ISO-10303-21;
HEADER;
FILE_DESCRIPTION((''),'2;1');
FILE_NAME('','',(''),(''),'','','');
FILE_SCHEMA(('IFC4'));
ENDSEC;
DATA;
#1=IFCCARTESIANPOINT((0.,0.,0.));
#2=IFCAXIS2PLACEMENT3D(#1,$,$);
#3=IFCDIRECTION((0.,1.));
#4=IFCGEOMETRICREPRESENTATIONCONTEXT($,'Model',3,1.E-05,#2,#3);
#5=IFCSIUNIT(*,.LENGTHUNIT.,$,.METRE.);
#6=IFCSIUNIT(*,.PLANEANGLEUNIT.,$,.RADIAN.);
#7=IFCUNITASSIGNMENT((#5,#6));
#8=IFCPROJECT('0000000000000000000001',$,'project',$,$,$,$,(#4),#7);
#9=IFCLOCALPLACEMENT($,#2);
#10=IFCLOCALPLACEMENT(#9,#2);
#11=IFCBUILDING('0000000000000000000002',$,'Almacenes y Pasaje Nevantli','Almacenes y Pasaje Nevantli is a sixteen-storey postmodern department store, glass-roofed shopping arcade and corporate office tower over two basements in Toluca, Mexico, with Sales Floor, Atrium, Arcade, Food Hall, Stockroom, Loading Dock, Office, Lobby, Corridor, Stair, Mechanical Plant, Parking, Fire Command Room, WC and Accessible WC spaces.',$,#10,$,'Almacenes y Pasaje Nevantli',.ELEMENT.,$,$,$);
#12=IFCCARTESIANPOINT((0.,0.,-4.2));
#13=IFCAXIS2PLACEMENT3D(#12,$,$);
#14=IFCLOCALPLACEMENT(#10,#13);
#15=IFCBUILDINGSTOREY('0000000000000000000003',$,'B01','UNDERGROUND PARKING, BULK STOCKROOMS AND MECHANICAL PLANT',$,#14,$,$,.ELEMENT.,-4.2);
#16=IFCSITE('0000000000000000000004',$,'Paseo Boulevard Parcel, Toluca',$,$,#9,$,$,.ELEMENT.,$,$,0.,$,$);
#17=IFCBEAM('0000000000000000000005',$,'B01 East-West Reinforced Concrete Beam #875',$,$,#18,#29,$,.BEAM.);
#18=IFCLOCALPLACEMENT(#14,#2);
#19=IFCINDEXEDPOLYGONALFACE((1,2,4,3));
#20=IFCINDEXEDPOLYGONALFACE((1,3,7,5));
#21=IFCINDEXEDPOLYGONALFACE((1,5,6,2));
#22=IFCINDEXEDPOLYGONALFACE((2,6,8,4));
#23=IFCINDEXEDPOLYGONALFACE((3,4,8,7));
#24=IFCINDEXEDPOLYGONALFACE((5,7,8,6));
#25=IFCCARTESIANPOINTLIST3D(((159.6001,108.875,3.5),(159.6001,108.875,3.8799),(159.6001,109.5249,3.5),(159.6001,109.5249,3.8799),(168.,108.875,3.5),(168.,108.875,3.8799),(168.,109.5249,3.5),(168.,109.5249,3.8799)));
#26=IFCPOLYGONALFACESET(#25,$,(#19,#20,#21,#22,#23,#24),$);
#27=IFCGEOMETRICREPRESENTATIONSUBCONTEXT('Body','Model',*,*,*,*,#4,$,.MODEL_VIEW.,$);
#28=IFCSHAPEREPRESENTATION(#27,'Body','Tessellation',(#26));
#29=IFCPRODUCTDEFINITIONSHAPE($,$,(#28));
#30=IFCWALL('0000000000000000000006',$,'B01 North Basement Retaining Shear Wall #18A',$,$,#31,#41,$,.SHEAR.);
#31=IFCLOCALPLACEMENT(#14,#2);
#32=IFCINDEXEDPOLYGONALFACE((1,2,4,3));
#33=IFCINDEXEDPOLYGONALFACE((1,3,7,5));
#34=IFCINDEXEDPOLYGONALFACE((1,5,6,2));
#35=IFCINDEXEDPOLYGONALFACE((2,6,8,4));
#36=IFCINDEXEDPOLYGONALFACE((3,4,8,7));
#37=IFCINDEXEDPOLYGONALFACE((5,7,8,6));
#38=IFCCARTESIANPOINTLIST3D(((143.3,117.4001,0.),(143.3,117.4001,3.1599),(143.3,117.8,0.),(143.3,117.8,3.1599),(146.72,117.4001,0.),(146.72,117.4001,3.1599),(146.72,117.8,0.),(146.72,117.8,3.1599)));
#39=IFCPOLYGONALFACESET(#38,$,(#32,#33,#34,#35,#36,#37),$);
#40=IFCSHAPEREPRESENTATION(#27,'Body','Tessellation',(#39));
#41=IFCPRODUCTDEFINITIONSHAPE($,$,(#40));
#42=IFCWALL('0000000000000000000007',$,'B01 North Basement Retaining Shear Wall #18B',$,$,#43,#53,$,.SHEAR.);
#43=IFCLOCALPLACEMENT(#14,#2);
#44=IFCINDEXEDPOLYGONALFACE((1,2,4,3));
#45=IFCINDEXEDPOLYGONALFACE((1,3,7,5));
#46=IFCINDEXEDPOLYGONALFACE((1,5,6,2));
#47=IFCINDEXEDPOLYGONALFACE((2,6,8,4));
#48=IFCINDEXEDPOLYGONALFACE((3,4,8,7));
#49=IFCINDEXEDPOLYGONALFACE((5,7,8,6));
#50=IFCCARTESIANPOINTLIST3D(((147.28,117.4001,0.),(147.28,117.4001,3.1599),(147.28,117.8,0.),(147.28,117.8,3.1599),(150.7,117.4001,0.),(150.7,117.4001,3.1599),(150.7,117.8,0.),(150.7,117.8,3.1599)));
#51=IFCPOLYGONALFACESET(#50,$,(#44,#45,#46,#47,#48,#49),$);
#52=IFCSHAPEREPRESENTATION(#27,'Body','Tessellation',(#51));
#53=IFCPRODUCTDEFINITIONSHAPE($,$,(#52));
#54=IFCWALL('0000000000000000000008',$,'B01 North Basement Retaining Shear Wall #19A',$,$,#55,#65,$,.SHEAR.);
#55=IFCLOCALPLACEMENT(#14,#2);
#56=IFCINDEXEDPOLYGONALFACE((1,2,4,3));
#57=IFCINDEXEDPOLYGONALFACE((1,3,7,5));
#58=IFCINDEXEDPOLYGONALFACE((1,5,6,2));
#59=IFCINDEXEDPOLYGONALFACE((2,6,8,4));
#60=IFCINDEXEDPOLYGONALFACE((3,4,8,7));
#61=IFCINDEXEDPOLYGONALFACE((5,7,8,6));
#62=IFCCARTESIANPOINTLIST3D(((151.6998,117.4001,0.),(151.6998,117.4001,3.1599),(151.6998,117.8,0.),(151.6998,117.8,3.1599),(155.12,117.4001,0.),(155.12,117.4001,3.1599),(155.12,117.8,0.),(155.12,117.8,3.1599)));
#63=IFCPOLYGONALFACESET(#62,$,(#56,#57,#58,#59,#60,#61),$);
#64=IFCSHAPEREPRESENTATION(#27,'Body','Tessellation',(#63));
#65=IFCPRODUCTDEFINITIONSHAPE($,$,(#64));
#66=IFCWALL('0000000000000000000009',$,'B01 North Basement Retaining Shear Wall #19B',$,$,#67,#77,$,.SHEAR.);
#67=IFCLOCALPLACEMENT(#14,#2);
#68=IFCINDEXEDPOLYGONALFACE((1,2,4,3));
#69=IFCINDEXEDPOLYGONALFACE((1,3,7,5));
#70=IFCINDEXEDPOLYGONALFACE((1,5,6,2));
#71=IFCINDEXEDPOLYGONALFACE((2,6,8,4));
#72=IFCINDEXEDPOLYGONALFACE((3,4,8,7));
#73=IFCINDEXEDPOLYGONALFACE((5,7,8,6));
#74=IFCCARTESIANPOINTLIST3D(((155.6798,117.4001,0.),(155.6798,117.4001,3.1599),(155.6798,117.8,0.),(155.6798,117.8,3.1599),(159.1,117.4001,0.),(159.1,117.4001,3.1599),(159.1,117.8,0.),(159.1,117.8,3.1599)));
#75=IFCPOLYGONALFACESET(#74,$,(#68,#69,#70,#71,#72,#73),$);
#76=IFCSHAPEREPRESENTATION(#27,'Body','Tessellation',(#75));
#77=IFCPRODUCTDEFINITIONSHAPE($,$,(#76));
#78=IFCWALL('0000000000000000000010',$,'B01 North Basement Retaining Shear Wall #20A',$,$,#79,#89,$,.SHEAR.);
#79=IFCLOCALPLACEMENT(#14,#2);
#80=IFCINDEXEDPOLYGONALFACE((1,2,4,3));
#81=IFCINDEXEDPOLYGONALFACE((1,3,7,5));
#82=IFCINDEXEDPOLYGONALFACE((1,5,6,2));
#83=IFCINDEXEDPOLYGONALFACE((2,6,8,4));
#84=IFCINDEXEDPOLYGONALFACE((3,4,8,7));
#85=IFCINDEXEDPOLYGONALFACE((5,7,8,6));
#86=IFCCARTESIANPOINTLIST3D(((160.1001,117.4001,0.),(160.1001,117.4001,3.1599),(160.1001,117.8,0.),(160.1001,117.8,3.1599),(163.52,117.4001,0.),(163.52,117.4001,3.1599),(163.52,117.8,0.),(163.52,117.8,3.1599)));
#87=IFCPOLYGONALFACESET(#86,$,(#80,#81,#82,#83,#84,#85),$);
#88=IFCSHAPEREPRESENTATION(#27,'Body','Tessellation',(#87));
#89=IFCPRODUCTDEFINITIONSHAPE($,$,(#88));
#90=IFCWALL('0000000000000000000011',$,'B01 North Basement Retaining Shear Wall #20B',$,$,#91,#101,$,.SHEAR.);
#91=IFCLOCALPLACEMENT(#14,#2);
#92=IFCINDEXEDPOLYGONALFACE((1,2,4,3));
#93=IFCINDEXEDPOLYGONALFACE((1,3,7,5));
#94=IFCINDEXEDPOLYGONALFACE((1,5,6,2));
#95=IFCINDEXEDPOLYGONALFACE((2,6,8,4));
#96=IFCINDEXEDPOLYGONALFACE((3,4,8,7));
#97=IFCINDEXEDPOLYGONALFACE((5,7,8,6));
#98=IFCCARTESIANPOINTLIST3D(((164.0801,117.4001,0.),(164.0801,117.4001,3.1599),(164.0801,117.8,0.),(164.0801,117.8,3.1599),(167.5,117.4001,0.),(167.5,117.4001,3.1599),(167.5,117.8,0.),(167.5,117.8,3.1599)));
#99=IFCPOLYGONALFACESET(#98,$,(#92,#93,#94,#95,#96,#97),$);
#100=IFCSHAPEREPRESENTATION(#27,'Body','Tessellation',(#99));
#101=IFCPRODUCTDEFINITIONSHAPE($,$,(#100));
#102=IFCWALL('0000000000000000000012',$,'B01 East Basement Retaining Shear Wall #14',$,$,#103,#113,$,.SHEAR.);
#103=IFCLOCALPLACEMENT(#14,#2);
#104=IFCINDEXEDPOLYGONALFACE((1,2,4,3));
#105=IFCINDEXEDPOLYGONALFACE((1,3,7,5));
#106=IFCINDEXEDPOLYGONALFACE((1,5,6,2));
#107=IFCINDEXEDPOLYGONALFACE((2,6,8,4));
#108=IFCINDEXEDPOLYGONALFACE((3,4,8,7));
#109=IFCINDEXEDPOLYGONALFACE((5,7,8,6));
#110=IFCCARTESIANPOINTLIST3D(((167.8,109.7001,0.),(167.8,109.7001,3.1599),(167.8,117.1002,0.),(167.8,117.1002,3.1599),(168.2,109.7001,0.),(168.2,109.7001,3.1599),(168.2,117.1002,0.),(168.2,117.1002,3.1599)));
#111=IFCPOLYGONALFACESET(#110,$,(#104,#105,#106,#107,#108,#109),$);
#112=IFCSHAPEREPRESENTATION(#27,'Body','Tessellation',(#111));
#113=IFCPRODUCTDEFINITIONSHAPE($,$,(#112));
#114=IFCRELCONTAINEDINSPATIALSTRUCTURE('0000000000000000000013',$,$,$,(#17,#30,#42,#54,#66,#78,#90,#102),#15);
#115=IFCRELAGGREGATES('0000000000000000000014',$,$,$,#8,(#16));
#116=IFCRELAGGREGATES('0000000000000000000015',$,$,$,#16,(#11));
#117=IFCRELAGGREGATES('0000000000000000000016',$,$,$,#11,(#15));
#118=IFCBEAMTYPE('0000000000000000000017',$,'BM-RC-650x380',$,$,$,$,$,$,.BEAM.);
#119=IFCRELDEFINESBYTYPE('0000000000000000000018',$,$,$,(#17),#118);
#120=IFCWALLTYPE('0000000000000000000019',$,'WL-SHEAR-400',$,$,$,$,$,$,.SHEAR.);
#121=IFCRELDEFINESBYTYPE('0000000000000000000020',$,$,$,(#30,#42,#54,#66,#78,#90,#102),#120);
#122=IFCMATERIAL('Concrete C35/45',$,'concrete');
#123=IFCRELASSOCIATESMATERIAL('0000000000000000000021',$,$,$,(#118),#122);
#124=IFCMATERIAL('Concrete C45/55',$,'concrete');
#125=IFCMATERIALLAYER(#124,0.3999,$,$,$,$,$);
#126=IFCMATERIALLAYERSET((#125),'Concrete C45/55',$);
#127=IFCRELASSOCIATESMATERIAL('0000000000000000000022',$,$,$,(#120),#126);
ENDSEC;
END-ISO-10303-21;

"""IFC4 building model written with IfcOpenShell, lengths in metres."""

from ifc_helpers import new_model, si_unit, direction, frame, frame_2d, origin, origin_2d, place, context, subcontext, project, spatial, rectangle, extrude, material, layer, layer_set, material_profile, profile_set, type_object, element, save


model = new_model("IFC4")

# Units and contexts
model_context = context("Model", 3, precision=1e-05, world=origin(), true_north=direction((0.0, 1.0)))
body_context = subcontext(model_context, "Body", "Model", "MODEL_VIEW")
ifc_project = project(units=[si_unit("LENGTHUNIT", "METRE"), si_unit("PLANEANGLEUNIT", "RADIAN")], contexts=[model_context])

# Site, building, storey
site_placement = place(None, origin())
site = spatial("IfcSite", under=ifc_project, at=site_placement, Name="Paseo Boulevard Parcel, Toluca", CompositionType="ELEMENT", RefElevation=0.0)
building_placement = place(site_placement, origin())
building = spatial("IfcBuilding", under=site, at=building_placement, Name="Almacenes y Pasaje Nevantli", Description="Almacenes y Pasaje Nevantli is a sixteen-storey postmodern department store, glass-roofed shopping arcade and corporate office tower over two basements in Toluca, Mexico, with Sales Floor, Atrium, Arcade, Food Hall, Stockroom, Loading Dock, Office, Lobby, Corridor, Stair, Mechanical Plant, Parking, Fire Command Room, WC and Accessible WC spaces.", LongName="Almacenes y Pasaje Nevantli", CompositionType="ELEMENT")
storey_placement = place(building_placement, frame((0.0, 0.0, -4.2)))
storey = spatial("IfcBuildingStorey", under=building, at=storey_placement, Name="B01", Description="UNDERGROUND PARKING, BULK STOCKROOMS AND MECHANICAL PLANT", CompositionType="ELEMENT", Elevation=-4.2)

# Beam
ifc_material_1 = material(Name="Concrete C35/45", Category="concrete")
ifc_material_profile_1 = material_profile(ifc_material_1, rectangle(XDim=0.6499, YDim=0.3799, at=origin_2d()), Name="RC-BM-650x380")
ifc_profile_set_1 = profile_set([ifc_material_profile_1], Name="Concrete C35/45")
beam_type_1 = type_object("IfcBeamType", Name="BM-RC-650x380", PredefinedType="BEAM", material=ifc_profile_set_1)
beam_1_placement = place(storey_placement, frame((159.6001, 109.2, 3.6899), z_axis=(1.0, 0.0, 0.0), x_axis=(0.0, 1.0, 0.0)))
element("IfcBeam", 1, at=beam_1_placement, inside=storey, type_object=beam_type_1, Name="B01 East-West Reinforced Concrete Beam #875", PredefinedType="BEAM", context=body_context, shape_type="SweptSolid", body=[
    extrude(rectangle(XDim=0.6499, YDim=0.3799, at=origin_2d()), origin(), (0.0, 0.0, 1.0), 8.3999),
])

# Walls
ifc_material_2 = material(Name="Concrete C45/55", Category="concrete")
ifc_layer = layer(ifc_material_2, 0.3999)
ifc_layer_set = layer_set([ifc_layer], Name="Concrete C45/55")
wall_type = type_object("IfcWallType", Name="WL-SHEAR-400", PredefinedType="SHEAR", material=ifc_layer_set)
for number, where, z_axis, x_axis, name in (
    (2, (143.3, 117.6001, 0.0), (0.0, 0.0, 1.0), (1.0, 0.0, 0.0), "B01 North Basement Retaining Shear Wall #18A"),
    (3, (147.28, 117.6001, 0.0), (0.0, 0.0, 1.0), (1.0, 0.0, 0.0), "B01 North Basement Retaining Shear Wall #18B"),
):
    element("IfcWall", number, at=place(storey_placement, frame(where, z_axis=z_axis, x_axis=x_axis)), inside=storey, type_object=wall_type, Name=name, PredefinedType="SHEAR", context=body_context, shape_type="SweptSolid", body=[
        extrude(rectangle(XDim=3.4199, YDim=0.3999, at=frame_2d((1.71, 0.0))), origin(), (0.0, 0.0, 1.0), 3.1599),
    ])
for number, where, z_axis, x_axis, name in (
    (4, (151.7, 117.6001, 0.0), (0.0, 0.0, 1.0), (1.0, 0.0, 0.0), "B01 North Basement Retaining Shear Wall #19A"),
    (5, (155.6799, 117.6001, 0.0), (0.0, 0.0, 1.0), (1.0, 0.0, 0.0), "B01 North Basement Retaining Shear Wall #19B"),
):
    element("IfcWall", number, at=place(storey_placement, frame(where, z_axis=z_axis, x_axis=x_axis)), inside=storey, type_object=wall_type, Name=name, PredefinedType="SHEAR", context=body_context, shape_type="SweptSolid", body=[
        extrude(rectangle(XDim=3.4202, YDim=0.3999, at=frame_2d((1.71, 0.0))), origin(), (0.0, 0.0, 1.0), 3.1599),
    ])
for number, where, z_axis, x_axis, name in (
    (6, (160.1001, 117.6001, 0.0), (0.0, 0.0, 1.0), (1.0, 0.0, 0.0), "B01 North Basement Retaining Shear Wall #20A"),
    (7, (164.0801, 117.6001, 0.0), (0.0, 0.0, 1.0), (1.0, 0.0, 0.0), "B01 North Basement Retaining Shear Wall #20B"),
):
    element("IfcWall", number, at=place(storey_placement, frame(where, z_axis=z_axis, x_axis=x_axis)), inside=storey, type_object=wall_type, Name=name, PredefinedType="SHEAR", context=body_context, shape_type="SweptSolid", body=[
        extrude(rectangle(XDim=3.4199, YDim=0.3999, at=frame_2d((1.71, 0.0))), origin(), (0.0, 0.0, 1.0), 3.1599),
    ])
wall_placement = place(storey_placement, frame((168.0, 109.7, 0.0), z_axis=(0.0, 0.0, 1.0), x_axis=(0.0, 1.0, 0.0)))
element("IfcWall", 8, at=wall_placement, inside=storey, type_object=wall_type, Name="B01 East Basement Retaining Shear Wall #14", PredefinedType="SHEAR", context=body_context, shape_type="SweptSolid", body=[
    extrude(rectangle(XDim=7.4001, YDim=0.3999, at=frame_2d((3.7002, 0.0))), origin(), (0.0, 0.0, 1.0), 3.1599),
])

save(model, "model.ifc")
